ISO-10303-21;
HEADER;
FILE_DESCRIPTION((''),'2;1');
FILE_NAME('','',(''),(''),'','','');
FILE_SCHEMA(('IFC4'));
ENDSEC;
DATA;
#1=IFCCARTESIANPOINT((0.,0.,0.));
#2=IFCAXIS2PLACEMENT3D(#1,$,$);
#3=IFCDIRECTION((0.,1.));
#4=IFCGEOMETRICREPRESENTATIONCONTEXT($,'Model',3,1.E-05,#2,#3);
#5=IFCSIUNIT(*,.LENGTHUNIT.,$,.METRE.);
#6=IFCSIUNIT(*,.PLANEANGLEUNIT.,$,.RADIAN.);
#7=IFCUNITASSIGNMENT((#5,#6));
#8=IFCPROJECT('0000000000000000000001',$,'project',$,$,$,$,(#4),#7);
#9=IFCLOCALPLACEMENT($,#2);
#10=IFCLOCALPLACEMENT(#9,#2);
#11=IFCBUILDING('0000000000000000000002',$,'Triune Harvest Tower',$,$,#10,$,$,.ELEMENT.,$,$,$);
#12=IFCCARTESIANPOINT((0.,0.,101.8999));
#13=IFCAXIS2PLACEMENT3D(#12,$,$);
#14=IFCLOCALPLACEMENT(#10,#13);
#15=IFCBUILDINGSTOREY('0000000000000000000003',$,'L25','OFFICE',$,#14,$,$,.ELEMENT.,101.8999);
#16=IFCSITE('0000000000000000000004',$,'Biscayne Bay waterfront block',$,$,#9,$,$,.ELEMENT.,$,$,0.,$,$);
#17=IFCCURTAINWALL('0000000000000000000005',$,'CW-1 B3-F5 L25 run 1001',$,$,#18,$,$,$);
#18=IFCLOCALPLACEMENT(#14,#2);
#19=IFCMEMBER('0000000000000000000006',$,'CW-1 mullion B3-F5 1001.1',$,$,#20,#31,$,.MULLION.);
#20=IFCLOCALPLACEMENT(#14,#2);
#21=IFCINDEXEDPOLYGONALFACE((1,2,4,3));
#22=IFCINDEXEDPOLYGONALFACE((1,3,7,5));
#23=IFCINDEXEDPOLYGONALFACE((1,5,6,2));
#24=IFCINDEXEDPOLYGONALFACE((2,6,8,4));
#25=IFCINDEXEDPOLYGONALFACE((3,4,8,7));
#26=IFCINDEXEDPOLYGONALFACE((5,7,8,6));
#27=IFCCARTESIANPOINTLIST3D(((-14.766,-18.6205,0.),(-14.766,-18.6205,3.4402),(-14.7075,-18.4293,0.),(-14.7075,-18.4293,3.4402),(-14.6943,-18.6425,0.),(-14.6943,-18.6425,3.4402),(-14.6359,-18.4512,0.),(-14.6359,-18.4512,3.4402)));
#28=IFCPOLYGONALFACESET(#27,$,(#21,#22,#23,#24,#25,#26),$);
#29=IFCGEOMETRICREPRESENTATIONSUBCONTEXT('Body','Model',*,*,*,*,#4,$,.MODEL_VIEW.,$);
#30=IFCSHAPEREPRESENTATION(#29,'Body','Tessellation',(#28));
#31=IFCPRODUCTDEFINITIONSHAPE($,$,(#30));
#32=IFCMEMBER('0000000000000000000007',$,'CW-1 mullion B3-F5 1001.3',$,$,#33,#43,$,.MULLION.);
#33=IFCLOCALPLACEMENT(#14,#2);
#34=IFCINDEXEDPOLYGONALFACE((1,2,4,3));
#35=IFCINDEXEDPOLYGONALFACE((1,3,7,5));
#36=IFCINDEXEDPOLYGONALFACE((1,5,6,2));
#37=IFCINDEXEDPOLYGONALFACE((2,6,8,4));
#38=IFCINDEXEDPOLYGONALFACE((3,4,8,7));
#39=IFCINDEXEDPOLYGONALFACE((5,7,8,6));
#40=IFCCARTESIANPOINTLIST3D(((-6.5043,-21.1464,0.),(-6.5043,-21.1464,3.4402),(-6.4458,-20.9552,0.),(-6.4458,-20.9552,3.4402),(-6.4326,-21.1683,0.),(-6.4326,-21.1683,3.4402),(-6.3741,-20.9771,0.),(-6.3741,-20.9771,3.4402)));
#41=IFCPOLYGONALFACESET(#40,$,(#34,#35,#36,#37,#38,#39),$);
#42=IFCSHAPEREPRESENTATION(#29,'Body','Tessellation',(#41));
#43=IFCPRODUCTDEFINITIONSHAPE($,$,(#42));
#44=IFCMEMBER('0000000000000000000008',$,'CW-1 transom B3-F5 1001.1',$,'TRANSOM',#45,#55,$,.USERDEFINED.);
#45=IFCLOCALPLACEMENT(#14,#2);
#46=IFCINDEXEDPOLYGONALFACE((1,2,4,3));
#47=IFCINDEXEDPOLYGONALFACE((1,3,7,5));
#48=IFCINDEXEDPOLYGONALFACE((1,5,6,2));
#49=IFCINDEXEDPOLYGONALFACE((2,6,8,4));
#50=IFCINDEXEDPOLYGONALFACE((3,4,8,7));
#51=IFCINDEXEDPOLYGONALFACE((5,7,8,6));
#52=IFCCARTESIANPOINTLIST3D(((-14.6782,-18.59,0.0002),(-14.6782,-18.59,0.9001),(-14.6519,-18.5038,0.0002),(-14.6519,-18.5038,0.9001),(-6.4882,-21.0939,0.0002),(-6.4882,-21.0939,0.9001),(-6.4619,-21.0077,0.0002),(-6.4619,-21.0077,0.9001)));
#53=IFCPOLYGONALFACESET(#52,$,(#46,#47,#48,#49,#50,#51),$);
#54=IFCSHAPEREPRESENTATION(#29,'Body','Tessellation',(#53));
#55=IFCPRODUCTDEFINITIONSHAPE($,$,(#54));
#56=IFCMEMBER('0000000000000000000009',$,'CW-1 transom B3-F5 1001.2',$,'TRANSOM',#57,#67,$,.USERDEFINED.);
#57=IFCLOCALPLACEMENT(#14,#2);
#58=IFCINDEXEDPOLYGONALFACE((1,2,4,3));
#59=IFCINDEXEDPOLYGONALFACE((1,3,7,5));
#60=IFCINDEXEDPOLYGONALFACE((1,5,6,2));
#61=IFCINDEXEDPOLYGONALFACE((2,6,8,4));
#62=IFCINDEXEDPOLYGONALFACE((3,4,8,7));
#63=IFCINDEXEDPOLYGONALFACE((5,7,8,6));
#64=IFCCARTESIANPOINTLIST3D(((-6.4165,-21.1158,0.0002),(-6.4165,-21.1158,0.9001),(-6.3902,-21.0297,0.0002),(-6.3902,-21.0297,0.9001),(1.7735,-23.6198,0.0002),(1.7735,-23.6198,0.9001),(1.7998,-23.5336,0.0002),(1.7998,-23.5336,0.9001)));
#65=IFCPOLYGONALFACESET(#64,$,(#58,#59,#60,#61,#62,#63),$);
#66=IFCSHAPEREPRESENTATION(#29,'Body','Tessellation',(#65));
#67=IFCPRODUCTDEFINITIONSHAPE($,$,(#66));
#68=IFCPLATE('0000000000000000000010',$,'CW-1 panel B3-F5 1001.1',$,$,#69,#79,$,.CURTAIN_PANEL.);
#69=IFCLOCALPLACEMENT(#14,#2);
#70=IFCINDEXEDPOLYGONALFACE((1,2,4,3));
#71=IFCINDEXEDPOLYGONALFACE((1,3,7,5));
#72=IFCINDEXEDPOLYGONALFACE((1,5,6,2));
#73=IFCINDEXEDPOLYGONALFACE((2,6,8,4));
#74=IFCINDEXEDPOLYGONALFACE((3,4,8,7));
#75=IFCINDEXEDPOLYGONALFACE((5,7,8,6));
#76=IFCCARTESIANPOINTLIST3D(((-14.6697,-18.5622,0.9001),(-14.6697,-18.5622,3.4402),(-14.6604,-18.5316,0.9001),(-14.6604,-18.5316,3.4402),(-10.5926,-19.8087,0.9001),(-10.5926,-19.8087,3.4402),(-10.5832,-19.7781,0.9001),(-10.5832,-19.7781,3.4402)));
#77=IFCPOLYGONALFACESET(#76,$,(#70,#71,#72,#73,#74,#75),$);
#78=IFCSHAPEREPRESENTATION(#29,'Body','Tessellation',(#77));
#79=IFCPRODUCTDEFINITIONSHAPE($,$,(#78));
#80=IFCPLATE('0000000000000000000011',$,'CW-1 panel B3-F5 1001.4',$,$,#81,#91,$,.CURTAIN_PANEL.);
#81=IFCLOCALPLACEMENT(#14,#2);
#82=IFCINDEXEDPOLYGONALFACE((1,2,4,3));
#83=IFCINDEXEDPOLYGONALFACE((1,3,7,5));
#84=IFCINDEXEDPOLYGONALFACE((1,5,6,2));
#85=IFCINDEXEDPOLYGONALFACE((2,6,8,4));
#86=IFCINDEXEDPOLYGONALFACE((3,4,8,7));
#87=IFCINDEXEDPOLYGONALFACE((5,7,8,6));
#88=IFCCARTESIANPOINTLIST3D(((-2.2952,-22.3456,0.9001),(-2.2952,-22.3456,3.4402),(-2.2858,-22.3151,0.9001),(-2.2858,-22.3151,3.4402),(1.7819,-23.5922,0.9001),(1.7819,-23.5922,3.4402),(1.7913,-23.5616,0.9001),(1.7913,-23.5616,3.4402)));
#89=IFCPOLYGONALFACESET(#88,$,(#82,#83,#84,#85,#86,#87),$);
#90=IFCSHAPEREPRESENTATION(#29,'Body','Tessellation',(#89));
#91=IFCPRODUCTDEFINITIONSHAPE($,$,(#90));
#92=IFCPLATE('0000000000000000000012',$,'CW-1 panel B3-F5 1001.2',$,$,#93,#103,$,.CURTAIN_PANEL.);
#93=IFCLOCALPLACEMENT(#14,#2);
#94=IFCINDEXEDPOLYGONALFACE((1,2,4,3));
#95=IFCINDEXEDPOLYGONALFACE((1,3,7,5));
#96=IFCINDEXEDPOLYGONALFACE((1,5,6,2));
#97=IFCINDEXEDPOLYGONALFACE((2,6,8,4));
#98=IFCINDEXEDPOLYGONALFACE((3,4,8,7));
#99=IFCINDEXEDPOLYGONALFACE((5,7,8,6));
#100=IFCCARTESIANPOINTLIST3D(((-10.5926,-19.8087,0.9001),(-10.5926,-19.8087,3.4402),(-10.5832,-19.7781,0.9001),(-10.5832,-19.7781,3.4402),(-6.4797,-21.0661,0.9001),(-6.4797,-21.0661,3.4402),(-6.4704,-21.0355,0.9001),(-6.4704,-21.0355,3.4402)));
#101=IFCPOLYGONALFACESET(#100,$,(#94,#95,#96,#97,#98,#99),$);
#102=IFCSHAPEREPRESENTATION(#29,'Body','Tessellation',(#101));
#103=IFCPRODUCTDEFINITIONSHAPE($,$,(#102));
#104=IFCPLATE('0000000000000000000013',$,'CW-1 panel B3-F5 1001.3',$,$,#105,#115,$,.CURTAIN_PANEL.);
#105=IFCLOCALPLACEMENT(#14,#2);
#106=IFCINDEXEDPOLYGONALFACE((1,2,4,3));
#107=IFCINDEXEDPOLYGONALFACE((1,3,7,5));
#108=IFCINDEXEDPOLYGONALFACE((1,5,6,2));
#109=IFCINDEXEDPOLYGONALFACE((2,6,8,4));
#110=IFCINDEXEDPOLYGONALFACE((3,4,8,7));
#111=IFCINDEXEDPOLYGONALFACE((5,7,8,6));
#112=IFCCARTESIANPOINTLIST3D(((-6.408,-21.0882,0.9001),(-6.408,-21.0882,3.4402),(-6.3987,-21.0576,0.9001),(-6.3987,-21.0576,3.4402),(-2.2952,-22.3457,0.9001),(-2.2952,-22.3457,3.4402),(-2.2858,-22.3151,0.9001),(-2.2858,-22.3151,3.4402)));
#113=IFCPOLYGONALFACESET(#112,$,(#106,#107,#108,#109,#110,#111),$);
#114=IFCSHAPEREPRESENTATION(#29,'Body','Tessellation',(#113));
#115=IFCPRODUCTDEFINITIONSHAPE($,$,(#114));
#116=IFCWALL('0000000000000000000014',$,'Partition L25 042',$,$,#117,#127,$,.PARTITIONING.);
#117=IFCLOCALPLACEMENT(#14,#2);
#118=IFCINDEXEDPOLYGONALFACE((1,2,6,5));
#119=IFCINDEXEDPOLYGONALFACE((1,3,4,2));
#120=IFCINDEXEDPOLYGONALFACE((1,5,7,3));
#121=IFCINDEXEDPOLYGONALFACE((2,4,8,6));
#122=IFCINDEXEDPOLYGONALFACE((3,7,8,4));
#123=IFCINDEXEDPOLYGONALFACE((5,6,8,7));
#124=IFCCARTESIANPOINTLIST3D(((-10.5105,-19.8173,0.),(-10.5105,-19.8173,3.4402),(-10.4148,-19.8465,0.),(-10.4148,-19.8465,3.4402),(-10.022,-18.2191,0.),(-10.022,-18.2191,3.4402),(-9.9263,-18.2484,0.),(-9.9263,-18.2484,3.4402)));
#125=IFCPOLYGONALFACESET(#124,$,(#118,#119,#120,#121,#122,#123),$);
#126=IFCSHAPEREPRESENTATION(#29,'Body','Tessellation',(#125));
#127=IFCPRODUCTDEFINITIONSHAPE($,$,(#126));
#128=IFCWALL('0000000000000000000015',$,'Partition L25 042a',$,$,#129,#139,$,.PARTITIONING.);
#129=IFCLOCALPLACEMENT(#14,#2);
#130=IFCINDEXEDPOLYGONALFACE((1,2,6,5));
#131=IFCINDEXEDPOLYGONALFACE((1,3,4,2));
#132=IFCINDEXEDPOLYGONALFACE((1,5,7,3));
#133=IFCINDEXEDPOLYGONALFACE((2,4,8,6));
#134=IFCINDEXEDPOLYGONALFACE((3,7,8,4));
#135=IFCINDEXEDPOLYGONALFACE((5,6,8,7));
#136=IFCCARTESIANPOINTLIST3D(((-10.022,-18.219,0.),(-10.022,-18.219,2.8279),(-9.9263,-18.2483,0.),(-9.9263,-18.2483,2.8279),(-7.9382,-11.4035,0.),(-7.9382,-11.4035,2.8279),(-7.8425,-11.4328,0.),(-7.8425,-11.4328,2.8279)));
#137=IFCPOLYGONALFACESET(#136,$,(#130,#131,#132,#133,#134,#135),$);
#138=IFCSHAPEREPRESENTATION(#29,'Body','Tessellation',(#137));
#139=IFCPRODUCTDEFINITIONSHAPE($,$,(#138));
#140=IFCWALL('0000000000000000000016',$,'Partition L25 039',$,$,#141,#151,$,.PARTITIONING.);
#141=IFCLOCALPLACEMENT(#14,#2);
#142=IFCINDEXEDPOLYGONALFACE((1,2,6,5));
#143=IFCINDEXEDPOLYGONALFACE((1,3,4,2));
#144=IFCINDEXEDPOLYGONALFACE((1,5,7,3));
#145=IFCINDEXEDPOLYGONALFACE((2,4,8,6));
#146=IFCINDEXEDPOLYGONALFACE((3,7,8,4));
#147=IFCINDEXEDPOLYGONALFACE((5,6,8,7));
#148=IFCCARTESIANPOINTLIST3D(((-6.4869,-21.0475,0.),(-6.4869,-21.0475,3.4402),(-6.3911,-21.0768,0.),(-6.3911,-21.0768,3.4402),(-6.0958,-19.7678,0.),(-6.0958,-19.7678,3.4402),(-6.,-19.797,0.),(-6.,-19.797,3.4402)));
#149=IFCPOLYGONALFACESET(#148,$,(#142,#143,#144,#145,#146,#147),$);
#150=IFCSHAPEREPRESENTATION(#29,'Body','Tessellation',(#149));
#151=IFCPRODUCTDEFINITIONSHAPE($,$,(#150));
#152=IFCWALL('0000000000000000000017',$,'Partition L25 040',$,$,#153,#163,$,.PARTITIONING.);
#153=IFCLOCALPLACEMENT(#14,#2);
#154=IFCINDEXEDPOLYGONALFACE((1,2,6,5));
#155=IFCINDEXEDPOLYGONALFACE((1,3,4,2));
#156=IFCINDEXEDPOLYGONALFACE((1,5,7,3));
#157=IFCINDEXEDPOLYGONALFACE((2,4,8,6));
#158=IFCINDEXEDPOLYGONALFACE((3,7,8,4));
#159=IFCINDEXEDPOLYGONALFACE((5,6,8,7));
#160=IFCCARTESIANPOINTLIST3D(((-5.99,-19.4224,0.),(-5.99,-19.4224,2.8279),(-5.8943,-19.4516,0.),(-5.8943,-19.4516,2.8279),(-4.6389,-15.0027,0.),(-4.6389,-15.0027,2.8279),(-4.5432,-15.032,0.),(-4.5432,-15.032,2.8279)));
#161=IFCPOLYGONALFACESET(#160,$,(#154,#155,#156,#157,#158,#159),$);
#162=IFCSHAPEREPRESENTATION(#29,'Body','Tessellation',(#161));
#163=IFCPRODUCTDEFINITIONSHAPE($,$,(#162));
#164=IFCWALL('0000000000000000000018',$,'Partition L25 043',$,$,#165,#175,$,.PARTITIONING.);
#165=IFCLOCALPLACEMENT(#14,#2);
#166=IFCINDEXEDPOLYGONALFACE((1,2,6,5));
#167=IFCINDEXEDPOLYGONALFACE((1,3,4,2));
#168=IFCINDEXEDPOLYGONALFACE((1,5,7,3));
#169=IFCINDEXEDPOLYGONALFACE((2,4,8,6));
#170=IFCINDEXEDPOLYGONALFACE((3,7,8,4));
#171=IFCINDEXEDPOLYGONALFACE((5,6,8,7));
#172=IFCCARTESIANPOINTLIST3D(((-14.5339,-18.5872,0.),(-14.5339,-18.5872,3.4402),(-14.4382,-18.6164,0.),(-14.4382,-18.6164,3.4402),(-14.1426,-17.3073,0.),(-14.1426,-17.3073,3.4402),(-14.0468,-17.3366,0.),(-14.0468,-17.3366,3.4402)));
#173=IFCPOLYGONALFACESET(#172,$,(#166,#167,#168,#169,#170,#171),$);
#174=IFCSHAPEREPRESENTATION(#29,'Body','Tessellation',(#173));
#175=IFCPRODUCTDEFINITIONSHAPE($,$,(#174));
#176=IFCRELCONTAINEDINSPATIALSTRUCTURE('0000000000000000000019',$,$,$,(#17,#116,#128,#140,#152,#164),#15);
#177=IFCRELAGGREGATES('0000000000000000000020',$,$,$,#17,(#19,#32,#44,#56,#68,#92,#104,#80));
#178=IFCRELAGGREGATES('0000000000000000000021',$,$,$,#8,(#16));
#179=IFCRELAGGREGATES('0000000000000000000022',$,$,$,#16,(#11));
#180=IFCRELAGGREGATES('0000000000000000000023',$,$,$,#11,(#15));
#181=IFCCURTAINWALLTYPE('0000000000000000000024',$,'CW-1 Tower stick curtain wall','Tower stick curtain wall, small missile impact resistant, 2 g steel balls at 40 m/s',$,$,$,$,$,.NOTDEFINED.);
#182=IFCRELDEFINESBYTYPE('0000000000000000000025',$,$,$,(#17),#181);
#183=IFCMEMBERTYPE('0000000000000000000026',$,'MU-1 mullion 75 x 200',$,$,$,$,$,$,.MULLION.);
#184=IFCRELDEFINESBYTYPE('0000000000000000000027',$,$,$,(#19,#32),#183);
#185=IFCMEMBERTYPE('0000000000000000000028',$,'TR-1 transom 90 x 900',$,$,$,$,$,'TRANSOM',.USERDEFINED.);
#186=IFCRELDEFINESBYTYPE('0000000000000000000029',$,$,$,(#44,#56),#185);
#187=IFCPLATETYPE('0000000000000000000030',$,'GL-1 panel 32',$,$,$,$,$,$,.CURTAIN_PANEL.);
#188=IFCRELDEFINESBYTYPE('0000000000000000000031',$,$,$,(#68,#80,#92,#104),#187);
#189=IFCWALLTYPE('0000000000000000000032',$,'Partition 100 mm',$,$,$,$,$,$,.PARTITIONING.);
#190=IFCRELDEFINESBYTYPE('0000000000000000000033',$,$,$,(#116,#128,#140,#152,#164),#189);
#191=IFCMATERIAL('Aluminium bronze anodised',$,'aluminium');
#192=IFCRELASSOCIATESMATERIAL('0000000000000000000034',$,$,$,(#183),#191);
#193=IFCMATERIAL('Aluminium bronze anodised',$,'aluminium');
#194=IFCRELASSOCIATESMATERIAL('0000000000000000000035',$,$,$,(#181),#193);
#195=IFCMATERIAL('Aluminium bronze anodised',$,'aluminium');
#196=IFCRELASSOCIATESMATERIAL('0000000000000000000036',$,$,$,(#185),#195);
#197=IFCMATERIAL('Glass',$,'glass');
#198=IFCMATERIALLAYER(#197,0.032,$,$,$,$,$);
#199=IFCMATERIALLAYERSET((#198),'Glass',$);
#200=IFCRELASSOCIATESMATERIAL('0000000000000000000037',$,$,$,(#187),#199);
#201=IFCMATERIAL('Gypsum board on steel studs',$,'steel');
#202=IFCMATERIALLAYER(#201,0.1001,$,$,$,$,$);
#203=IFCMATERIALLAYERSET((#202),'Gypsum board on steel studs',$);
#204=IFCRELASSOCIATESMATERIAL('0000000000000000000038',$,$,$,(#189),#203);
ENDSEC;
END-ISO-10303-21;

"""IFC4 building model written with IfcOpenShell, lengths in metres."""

from ifc_helpers import new_model, si_unit, direction, frame, frame_2d, origin, origin_2d, place, context, subcontext, project, spatial, rectangle, extrude, source, transform, mapped, material, layer, layer_set, material_profile, profile_set, type_object, element, aggregate, save


model = new_model("IFC4")

# Units and contexts
model_context = context("Model", 3, precision=1e-05, world=origin(), true_north=direction((0.0, 1.0)))
body_context = subcontext(model_context, "Body", "Model", "MODEL_VIEW")
ifc_project = project(units=[si_unit("LENGTHUNIT", "METRE"), si_unit("PLANEANGLEUNIT", "RADIAN")], contexts=[model_context])

# Site, building, storey
site_placement = place(None, origin())
site = spatial("IfcSite", under=ifc_project, at=site_placement, Name="Biscayne Bay waterfront block", CompositionType="ELEMENT", RefElevation=0.0)
building_placement = place(site_placement, origin())
building = spatial("IfcBuilding", under=site, at=building_placement, Name="Triune Harvest Tower", CompositionType="ELEMENT")
storey_placement = place(building_placement, frame((0.0, 0.0, 101.8999)))
storey = spatial("IfcBuildingStorey", under=building, at=storey_placement, Name="L25", Description="OFFICE", CompositionType="ELEMENT", Elevation=101.8999)

# Shared definitions
ifc_material_1 = material(Name="Aluminium bronze anodised", Category="aluminium")
ifc_material_profile_1 = material_profile(ifc_material_1, rectangle(XDim=0.2, YDim=0.075, at=origin_2d()), Name="MU-1 mullion 75 x 200")
ifc_profile_set_1 = profile_set([ifc_material_profile_1], Name="Aluminium bronze anodised")
member_type_1 = type_object("IfcMemberType", Name="MU-1 mullion 75 x 200", PredefinedType="MULLION", material=ifc_profile_set_1)
shared_shape_1 = source(origin(), body_context, "Body", "SweptSolid", [
    extrude(rectangle(XDim=0.2, YDim=0.075, at=origin_2d()), origin(), (0.0, 0.0, 1.0), 3.4402),
])

# Curtain wall, members, plates
ifc_material_2 = material(Name="Aluminium bronze anodised", Category="aluminium")
curtain_wall_type_1 = type_object("IfcCurtainWallType", Name="CW-1 Tower stick curtain wall", Description="Tower stick curtain wall, small missile impact resistant, 2 g steel balls at 40 m/s", PredefinedType="NOTDEFINED", material=ifc_material_2)
curtain_wall_1_placement = place(storey_placement, origin())
curtain_wall_1 = element("IfcCurtainWall", 1, at=curtain_wall_1_placement, inside=storey, type_object=curtain_wall_type_1, Name="CW-1 B3-F5 L25 run 1001")
member_1_placement = place(storey_placement, frame((-14.7009, -18.5359, 0.0), z_axis=(0.0, 0.0, 1.0), x_axis=(0.292375, 0.956304, 0.0)))
member_1 = element("IfcMember", 2, at=member_1_placement, type_object=member_type_1, Name="CW-1 mullion B3-F5 1001.1", PredefinedType="MULLION", context=body_context, shape_type="MappedRepresentation", body=[
    mapped(shared_shape_1, transform((0.0, 0.0, 0.0), scale=1.0)),
])
member_2_placement = place(storey_placement, frame((-6.4392, -21.0618, 0.0), z_axis=(0.0, 0.0, 1.0), x_axis=(0.292375, 0.956304, 0.0)))
member_2 = element("IfcMember", 3, at=member_2_placement, type_object=member_type_1, Name="CW-1 mullion B3-F5 1001.3", PredefinedType="MULLION", context=body_context, shape_type="MappedRepresentation", body=[
    mapped(shared_shape_1, transform((0.0, 0.0, 0.0), scale=1.0)),
])
ifc_material_3 = material(Name="Aluminium bronze anodised", Category="aluminium")
ifc_material_profile_2 = material_profile(ifc_material_3, rectangle(XDim=0.0901, YDim=0.8999, at=origin_2d()), Name="TR-1 transom 90 x 900")
ifc_profile_set_2 = profile_set([ifc_material_profile_2], Name="Aluminium bronze anodised")
member_type_2 = type_object("IfcMemberType", Name="TR-1 transom 90 x 900", ElementType="TRANSOM", PredefinedType="USERDEFINED", material=ifc_profile_set_2)
shared_shape_2 = source(origin(), body_context, "Body", "SweptSolid", [
    extrude(rectangle(XDim=0.0901, YDim=0.8999, at=origin_2d()), origin(), (0.0, 0.0, 1.0), 8.5642),
])
member_3_placement = place(storey_placement, frame((-14.665, -18.5469, 0.4502), z_axis=(0.956305, -0.292371, 0.0), x_axis=(0.292371, 0.956305, 0.0)))
member_3 = element("IfcMember", 4, at=member_3_placement, type_object=member_type_2, Name="CW-1 transom B3-F5 1001.1", ObjectType="TRANSOM", PredefinedType="USERDEFINED", context=body_context, shape_type="MappedRepresentation", body=[
    mapped(shared_shape_2, transform((0.0, 0.0, 0.0), scale=1.0)),
])
member_4_placement = place(storey_placement, frame((-6.4033, -21.0728, 0.4502), z_axis=(0.956305, -0.292371, 0.0), x_axis=(0.292371, 0.956305, 0.0)))
member_4 = element("IfcMember", 5, at=member_4_placement, type_object=member_type_2, Name="CW-1 transom B3-F5 1001.2", ObjectType="TRANSOM", PredefinedType="USERDEFINED", context=body_context, shape_type="MappedRepresentation", body=[
    mapped(shared_shape_2, transform((0.0, 0.0, 0.0), scale=1.0)),
])
ifc_material_4 = material(Name="Glass", Category="glass")
ifc_layer_1 = layer(ifc_material_4, 0.032)
ifc_layer_set_1 = layer_set([ifc_layer_1], Name="Glass")
plate_type = type_object("IfcPlateType", Name="GL-1 panel 32", PredefinedType="CURTAIN_PANEL", material=ifc_layer_set_1)
shared_shape_3 = source(origin(), body_context, "Body", "SweptSolid", [
    extrude(rectangle(XDim=4.2634, YDim=0.032, at=origin_2d()), origin(), (0.0, 0.0, 1.0), 2.54),
])
plate_1_placement = place(storey_placement, frame((-12.6265, -19.1702, 0.9001), z_axis=(0.0, 0.0, 1.0), x_axis=(0.956304, -0.292375, 0.0)))
plate_1 = element("IfcPlate", 6, at=plate_1_placement, type_object=plate_type, Name="CW-1 panel B3-F5 1001.1", PredefinedType="CURTAIN_PANEL", context=body_context, shape_type="MappedRepresentation", body=[
    mapped(shared_shape_3, transform((0.0, 0.0, 0.0), scale=1.0)),
])
plate_2_placement = place(storey_placement, frame((-0.252, -22.9536, 0.9001), z_axis=(0.0, 0.0, 1.0), x_axis=(0.956304, -0.292375, 0.0)))
plate_2 = element("IfcPlate", 7, at=plate_2_placement, type_object=plate_type, Name="CW-1 panel B3-F5 1001.4", PredefinedType="CURTAIN_PANEL", context=body_context, shape_type="MappedRepresentation", body=[
    mapped(shared_shape_3, transform((0.0, 0.0, 0.0), scale=1.0)),
])
shared_shape_4 = source(origin(), body_context, "Body", "SweptSolid", [
    extrude(rectangle(XDim=4.3008, YDim=0.032, at=origin_2d()), origin(), (0.0, 0.0, 1.0), 2.54),
])
plate_3_placement = place(storey_placement, frame((-8.5315, -20.4221, 0.9001), z_axis=(0.0, 0.0, 1.0), x_axis=(0.956304, -0.292375, 0.0)))
plate_3 = element("IfcPlate", 8, at=plate_3_placement, type_object=plate_type, Name="CW-1 panel B3-F5 1001.2", PredefinedType="CURTAIN_PANEL", context=body_context, shape_type="MappedRepresentation", body=[
    mapped(shared_shape_4, transform((0.0, 0.0, 0.0), scale=1.0)),
])
plate_4_placement = place(storey_placement, frame((-4.3469, -21.7017, 0.9001), z_axis=(0.0, 0.0, 1.0), x_axis=(0.956304, -0.292375, 0.0)))
plate_4 = element("IfcPlate", 9, at=plate_4_placement, type_object=plate_type, Name="CW-1 panel B3-F5 1001.3", PredefinedType="CURTAIN_PANEL", context=body_context, shape_type="MappedRepresentation", body=[
    mapped(shared_shape_4, transform((0.0, 0.0, 0.0), scale=1.0)),
])
aggregate(curtain_wall_1, [member_1, member_2, member_3, member_4, plate_1, plate_3, plate_4, plate_2])

# Walls
ifc_material_5 = material(Name="Gypsum board on steel studs", Category="steel")
ifc_layer_2 = layer(ifc_material_5, 0.1001)
ifc_layer_set_2 = layer_set([ifc_layer_2], Name="Gypsum board on steel studs")
wall_type = type_object("IfcWallType", Name="Partition 100 mm", PredefinedType="PARTITIONING", material=ifc_layer_set_2)
wall_1_placement = place(storey_placement, frame((-10.4626, -19.8318, 0.0), z_axis=(0.0, 0.0, 1.0), x_axis=(0.29233, 0.956318, 0.0)))
element("IfcWall", 10, at=wall_1_placement, inside=storey, type_object=wall_type, Name="Partition L25 042", PredefinedType="PARTITIONING", context=body_context, shape_type="SweptSolid", body=[
    extrude(rectangle(XDim=1.6711, YDim=0.1001, at=frame_2d((0.8354, 0.0))), origin(), (0.0, 0.0, 1.0), 3.4402),
])
wall_2_placement = place(storey_placement, frame((-9.9741, -18.2336, 0.0), z_axis=(0.0, 0.0, 1.0), x_axis=(0.292379, 0.956303, 0.0)))
element("IfcWall", 11, at=wall_2_placement, inside=storey, type_object=wall_type, Name="Partition L25 042a", PredefinedType="PARTITIONING", context=body_context, shape_type="SweptSolid", body=[
    extrude(rectangle(XDim=7.127, YDim=0.1001, at=frame_2d((3.5635, 0.0))), origin(), (0.0, 0.0, 1.0), 2.8279),
])
shared_shape_5 = source(origin(), body_context, "Body", "SweptSolid", [
    extrude(rectangle(XDim=1.3381, YDim=0.1001, at=frame_2d((0.6689, 0.0))), origin(), (0.0, 0.0, 1.0), 3.4402),
])
wall_3_placement = place(storey_placement, frame((-6.439, -21.062, 0.0), z_axis=(0.0, 0.0, 1.0), x_axis=(0.292265, 0.956337, 0.0)))
element("IfcWall", 12, at=wall_3_placement, inside=storey, type_object=wall_type, Name="Partition L25 039", PredefinedType="PARTITIONING", context=body_context, shape_type="MappedRepresentation", body=[
    mapped(shared_shape_5, transform((0.0, 0.0, 0.0), scale=1.0)),
])
shared_shape_6 = source(origin(), body_context, "Body", "SweptSolid", [
    extrude(rectangle(XDim=4.6216, YDim=0.1001, at=frame_2d((2.3108, 0.0))), origin(), (0.0, 0.0, 1.0), 2.8279),
])
wall_4_placement = place(storey_placement, frame((-5.9421, -19.437, 0.0), z_axis=(0.0, 0.0, 1.0), x_axis=(0.292341, 0.956314, 0.0)))
element("IfcWall", 13, at=wall_4_placement, inside=storey, type_object=wall_type, Name="Partition L25 040", PredefinedType="PARTITIONING", context=body_context, shape_type="MappedRepresentation", body=[
    mapped(shared_shape_6, transform((0.0, 0.0, 0.0), scale=1.0)),
])
shared_shape_7 = source(origin(), body_context, "Body", "SweptSolid", [
    extrude(rectangle(XDim=1.3384, YDim=0.1001, at=frame_2d((0.6692, 0.0))), origin(), (0.0, 0.0, 1.0), 3.4402),
])
wall_5_placement = place(storey_placement, frame((-14.4861, -18.6018, 0.0), z_axis=(0.0, 0.0, 1.0), x_axis=(0.292432, 0.956286, 0.0)))
element("IfcWall", 14, at=wall_5_placement, inside=storey, type_object=wall_type, Name="Partition L25 043", PredefinedType="PARTITIONING", context=body_context, shape_type="MappedRepresentation", body=[
    mapped(shared_shape_7, transform((0.0, 0.0, 0.0), scale=1.0)),
])

save(model, "model.ifc")
